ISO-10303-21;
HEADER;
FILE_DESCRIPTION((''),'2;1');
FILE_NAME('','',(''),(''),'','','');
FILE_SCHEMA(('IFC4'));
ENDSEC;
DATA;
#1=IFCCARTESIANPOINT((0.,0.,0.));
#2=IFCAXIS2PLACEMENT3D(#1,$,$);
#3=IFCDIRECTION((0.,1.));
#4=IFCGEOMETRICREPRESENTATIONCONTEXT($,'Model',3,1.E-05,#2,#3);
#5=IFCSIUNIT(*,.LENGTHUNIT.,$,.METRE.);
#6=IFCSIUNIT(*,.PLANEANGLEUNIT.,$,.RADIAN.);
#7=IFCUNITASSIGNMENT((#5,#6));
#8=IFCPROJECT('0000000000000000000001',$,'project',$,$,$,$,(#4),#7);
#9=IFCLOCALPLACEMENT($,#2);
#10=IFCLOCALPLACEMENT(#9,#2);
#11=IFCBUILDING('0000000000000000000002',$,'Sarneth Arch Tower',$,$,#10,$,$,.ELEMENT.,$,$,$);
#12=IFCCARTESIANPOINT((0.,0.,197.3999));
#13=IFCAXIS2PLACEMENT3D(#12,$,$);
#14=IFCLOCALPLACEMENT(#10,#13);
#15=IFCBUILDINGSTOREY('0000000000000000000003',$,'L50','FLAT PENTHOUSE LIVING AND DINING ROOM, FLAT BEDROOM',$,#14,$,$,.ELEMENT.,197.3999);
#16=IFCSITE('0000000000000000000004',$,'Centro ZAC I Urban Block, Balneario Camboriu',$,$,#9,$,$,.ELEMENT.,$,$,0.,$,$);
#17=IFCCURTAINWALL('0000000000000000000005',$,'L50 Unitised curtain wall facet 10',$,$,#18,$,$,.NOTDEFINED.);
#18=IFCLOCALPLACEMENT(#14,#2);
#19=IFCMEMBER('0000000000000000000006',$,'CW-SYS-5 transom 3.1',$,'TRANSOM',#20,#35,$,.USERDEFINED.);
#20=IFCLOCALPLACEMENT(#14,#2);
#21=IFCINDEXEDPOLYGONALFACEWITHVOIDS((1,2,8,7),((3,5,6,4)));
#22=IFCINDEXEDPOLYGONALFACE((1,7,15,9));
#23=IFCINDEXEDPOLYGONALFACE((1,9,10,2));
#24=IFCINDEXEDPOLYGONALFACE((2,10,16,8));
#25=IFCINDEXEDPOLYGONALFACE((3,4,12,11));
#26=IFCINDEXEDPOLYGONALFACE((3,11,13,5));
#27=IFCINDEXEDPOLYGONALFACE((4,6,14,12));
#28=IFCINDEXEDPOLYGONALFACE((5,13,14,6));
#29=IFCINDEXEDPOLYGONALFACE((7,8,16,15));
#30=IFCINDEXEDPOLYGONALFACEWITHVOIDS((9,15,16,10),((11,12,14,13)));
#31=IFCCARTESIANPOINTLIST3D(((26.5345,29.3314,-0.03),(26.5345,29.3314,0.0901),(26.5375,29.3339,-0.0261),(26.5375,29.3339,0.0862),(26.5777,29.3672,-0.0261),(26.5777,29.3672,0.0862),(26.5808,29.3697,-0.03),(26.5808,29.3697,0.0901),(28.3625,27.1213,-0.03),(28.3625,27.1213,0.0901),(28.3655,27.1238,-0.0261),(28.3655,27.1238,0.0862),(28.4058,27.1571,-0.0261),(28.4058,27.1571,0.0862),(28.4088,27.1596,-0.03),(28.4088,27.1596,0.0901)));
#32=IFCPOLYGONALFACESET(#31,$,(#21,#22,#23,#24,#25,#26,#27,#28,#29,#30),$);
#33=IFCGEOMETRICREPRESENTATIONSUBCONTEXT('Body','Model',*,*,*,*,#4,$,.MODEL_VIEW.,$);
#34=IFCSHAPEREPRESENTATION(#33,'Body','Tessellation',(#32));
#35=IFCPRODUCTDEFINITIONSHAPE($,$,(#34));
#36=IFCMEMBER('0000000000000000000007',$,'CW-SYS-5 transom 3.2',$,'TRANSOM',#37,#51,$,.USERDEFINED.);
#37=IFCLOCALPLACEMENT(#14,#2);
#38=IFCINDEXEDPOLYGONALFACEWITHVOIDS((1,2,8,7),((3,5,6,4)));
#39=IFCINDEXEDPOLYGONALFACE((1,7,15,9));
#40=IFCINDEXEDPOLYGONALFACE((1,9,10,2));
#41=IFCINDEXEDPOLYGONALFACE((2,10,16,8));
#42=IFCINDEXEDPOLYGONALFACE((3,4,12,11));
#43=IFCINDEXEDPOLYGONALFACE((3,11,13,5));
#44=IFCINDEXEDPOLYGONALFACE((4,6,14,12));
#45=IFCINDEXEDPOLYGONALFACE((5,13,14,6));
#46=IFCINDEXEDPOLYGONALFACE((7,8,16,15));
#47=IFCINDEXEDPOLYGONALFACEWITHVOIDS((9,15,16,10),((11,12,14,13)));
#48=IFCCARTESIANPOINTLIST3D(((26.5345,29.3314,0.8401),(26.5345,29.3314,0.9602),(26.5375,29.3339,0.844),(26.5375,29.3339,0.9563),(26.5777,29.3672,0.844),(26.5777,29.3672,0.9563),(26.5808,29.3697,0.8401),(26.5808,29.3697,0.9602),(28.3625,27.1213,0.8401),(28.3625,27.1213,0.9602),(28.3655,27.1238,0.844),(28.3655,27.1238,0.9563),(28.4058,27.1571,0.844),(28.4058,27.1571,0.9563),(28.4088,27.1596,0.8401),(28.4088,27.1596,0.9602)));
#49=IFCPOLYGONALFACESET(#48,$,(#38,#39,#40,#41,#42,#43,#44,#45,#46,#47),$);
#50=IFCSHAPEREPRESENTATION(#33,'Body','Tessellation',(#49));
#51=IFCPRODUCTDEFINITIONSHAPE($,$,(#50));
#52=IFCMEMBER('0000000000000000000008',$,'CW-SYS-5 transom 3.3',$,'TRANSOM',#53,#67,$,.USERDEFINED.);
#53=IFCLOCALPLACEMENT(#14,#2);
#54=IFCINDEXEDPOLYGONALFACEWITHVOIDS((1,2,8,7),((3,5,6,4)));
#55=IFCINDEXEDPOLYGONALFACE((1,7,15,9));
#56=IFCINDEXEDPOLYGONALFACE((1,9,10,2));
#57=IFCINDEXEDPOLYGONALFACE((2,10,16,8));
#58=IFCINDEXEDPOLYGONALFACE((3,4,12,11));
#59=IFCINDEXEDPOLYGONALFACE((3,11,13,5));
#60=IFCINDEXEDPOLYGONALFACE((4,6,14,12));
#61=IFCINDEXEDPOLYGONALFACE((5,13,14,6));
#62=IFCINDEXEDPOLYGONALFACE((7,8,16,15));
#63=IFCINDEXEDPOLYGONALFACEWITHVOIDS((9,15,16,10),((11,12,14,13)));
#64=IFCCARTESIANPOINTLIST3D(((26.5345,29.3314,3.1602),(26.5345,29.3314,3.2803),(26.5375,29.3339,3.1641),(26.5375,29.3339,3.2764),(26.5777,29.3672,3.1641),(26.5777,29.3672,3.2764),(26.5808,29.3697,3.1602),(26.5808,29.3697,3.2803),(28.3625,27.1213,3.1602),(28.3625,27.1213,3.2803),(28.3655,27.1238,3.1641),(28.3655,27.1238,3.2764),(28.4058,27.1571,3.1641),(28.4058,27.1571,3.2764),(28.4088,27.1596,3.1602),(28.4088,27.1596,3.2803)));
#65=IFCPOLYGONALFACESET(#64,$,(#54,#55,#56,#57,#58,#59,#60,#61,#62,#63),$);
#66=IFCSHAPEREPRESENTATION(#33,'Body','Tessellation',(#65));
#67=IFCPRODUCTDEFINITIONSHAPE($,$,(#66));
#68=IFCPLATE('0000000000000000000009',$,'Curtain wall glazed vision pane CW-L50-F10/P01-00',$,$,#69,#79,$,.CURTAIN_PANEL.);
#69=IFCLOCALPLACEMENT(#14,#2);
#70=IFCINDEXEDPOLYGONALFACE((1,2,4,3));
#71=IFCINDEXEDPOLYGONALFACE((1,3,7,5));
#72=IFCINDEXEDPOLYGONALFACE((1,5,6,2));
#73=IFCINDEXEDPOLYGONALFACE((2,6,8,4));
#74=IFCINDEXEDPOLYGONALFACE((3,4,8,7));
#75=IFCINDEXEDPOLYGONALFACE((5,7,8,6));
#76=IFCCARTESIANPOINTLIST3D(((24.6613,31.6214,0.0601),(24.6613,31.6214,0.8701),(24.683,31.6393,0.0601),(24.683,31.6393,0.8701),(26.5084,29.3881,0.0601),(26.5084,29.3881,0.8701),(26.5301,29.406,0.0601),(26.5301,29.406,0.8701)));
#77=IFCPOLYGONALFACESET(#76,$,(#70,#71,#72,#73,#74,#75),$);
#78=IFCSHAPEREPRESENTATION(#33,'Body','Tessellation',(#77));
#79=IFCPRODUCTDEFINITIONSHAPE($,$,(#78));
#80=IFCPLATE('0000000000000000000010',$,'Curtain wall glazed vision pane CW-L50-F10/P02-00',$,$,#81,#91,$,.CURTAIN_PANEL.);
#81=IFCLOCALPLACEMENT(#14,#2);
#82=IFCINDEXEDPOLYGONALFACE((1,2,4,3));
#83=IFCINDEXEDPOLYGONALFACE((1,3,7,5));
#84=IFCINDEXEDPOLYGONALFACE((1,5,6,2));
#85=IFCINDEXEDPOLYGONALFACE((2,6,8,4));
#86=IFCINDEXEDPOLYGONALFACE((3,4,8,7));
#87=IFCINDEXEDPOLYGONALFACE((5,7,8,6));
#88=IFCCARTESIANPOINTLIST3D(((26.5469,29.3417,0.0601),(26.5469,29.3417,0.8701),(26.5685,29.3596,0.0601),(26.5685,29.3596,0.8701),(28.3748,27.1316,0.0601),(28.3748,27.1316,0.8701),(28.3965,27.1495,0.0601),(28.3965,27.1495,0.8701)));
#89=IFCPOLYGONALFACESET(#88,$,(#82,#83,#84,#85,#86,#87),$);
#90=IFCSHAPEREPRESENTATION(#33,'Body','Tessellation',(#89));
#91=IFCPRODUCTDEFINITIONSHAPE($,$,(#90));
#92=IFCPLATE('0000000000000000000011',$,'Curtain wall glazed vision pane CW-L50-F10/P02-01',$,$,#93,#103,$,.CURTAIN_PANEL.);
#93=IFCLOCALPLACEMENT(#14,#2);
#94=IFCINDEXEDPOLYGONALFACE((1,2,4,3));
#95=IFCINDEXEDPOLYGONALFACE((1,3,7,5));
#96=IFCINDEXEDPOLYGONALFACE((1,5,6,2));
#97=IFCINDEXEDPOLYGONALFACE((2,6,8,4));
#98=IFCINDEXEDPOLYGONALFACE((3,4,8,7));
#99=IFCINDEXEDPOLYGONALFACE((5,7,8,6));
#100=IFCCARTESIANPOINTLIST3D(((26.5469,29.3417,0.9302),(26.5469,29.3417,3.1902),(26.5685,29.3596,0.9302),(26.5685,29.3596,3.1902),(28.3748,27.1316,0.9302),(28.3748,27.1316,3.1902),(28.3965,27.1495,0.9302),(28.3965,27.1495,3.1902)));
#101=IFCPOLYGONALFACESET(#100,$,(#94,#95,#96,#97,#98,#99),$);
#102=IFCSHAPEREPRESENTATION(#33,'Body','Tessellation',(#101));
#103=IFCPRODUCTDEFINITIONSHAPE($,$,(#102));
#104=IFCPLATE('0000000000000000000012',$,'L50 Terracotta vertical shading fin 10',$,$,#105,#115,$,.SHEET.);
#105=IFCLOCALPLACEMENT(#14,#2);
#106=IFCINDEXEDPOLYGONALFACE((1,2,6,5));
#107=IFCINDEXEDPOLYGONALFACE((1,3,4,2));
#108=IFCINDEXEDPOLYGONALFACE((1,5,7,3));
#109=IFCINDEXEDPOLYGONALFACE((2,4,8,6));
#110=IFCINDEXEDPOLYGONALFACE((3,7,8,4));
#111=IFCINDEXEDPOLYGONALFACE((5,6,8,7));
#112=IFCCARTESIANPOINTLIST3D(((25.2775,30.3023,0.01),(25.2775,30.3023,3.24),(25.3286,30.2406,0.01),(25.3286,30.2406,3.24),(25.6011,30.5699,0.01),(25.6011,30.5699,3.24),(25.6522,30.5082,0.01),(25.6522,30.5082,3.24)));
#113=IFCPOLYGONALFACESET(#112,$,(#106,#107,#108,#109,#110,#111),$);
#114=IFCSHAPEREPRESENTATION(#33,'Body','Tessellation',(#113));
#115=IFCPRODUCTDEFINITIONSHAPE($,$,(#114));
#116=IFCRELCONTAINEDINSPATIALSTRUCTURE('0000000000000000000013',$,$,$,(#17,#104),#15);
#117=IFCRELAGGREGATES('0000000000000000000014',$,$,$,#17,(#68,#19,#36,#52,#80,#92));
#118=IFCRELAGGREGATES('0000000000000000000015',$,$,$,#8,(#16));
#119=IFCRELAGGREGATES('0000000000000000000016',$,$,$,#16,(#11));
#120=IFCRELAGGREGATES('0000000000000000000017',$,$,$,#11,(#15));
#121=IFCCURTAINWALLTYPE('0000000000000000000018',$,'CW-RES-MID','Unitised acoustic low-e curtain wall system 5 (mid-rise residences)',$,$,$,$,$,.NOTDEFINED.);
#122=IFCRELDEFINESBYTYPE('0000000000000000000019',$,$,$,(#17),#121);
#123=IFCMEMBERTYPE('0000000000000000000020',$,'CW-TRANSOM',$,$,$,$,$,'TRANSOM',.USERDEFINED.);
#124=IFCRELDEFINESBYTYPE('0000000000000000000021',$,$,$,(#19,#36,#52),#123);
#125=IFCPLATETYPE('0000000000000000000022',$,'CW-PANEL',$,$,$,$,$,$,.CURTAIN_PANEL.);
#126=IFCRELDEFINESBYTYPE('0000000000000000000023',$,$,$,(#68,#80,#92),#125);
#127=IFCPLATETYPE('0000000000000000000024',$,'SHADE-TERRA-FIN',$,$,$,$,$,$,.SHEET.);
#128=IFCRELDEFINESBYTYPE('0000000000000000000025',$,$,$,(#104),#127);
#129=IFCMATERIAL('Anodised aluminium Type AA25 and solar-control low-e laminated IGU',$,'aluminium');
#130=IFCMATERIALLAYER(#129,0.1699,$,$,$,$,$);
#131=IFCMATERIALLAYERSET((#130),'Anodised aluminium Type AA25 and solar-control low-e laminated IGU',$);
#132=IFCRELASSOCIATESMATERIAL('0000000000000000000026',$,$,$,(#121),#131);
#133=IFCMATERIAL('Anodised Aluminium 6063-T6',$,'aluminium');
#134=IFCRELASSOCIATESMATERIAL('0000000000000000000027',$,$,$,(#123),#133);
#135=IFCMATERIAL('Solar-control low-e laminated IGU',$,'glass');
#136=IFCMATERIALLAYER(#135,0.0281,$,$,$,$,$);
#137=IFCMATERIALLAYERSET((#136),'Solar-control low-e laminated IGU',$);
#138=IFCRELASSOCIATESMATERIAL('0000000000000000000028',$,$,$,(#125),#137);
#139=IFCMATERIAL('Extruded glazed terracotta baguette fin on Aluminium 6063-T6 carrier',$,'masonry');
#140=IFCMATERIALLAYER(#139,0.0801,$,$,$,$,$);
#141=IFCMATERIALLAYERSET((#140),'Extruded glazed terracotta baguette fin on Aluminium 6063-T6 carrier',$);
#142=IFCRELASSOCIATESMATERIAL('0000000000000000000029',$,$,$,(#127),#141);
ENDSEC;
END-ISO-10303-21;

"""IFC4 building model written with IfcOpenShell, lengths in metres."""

from ifc_helpers import new_model, si_unit, direction, frame, origin, origin_2d, place, context, subcontext, project, spatial, rectangle, hollow_rectangle, extrude, material, layer, layer_set, material_profile, profile_set, type_object, element, aggregate, save


model = new_model("IFC4")

# Units and contexts
model_context = context("Model", 3, precision=1e-05, world=origin(), true_north=direction((0.0, 1.0)))
body_context = subcontext(model_context, "Body", "Model", "MODEL_VIEW")
ifc_project = project(units=[si_unit("LENGTHUNIT", "METRE"), si_unit("PLANEANGLEUNIT", "RADIAN")], contexts=[model_context])

# Site, building, storey
site_placement = place(None, origin())
site = spatial("IfcSite", under=ifc_project, at=site_placement, Name="Centro ZAC I Urban Block, Balneario Camboriu", CompositionType="ELEMENT", RefElevation=0.0)
building_placement = place(site_placement, origin())
building = spatial("IfcBuilding", under=site, at=building_placement, Name="Sarneth Arch Tower", CompositionType="ELEMENT")
storey_placement = place(building_placement, frame((0.0, 0.0, 197.3999)))
storey = spatial("IfcBuildingStorey", under=building, at=storey_placement, Name="L50", Description="FLAT PENTHOUSE LIVING AND DINING ROOM, FLAT BEDROOM", CompositionType="ELEMENT", Elevation=197.3999)

# Curtain wall, members, plates
ifc_material_1 = material(Name="Anodised aluminium Type AA25 and solar-control low-e laminated IGU", Category="aluminium")
ifc_layer_1 = layer(ifc_material_1, 0.1699)
ifc_layer_set_1 = layer_set([ifc_layer_1], Name="Anodised aluminium Type AA25 and solar-control low-e laminated IGU")
curtain_wall_type = type_object("IfcCurtainWallType", Name="CW-RES-MID", Description="Unitised acoustic low-e curtain wall system 5 (mid-rise residences)", PredefinedType="NOTDEFINED", material=ifc_layer_set_1)
curtain_wall_placement = place(storey_placement, origin())
curtain_wall = element("IfcCurtainWall", 1, at=curtain_wall_placement, inside=storey, type_object=curtain_wall_type, Name="L50 Unitised curtain wall facet 10", PredefinedType="NOTDEFINED")
ifc_material_2 = material(Name="Anodised Aluminium 6063-T6", Category="aluminium")
ifc_material_profile_1 = material_profile(ifc_material_2, hollow_rectangle(XDim=0.0601, YDim=0.1201, WallThickness=0.0039, at=origin_2d()), Name="AL-TRAN-120x60x4")
ifc_profile_set_1 = profile_set([ifc_material_profile_1], Name="Anodised Aluminium 6063-T6")
member_type_1 = type_object("IfcMemberType", Name="CW-TRANSOM", ElementType="TRANSOM", PredefinedType="USERDEFINED", material=ifc_profile_set_1)
member_1_placement = place(storey_placement, frame((26.5576, 29.3506, 0.03), z_axis=(0.637359, -0.770567, 0.0), x_axis=(0.770567, 0.637359, 0.0)))
member_1 = element("IfcMember", 2, at=member_1_placement, type_object=member_type_1, Name="CW-SYS-5 transom 3.1", ObjectType="TRANSOM", PredefinedType="USERDEFINED", context=body_context, shape_type="SweptSolid", body=[
    extrude(hollow_rectangle(XDim=0.0601, YDim=0.1201, WallThickness=0.0039, at=origin_2d()), origin(), (0.0, 0.0, 1.0), 2.8682),
])
member_2_placement = place(storey_placement, frame((26.5576, 29.3506, 0.9001), z_axis=(0.637359, -0.770567, 0.0), x_axis=(0.770567, 0.637359, 0.0)))
member_2 = element("IfcMember", 3, at=member_2_placement, type_object=member_type_1, Name="CW-SYS-5 transom 3.2", ObjectType="TRANSOM", PredefinedType="USERDEFINED", context=body_context, shape_type="SweptSolid", body=[
    extrude(hollow_rectangle(XDim=0.0601, YDim=0.1201, WallThickness=0.0039, at=origin_2d()), origin(), (0.0, 0.0, 1.0), 2.8682),
])
member_3_placement = place(storey_placement, frame((26.5576, 29.3506, 3.2202), z_axis=(0.637359, -0.770567, 0.0), x_axis=(0.770567, 0.637359, 0.0)))
member_3 = element("IfcMember", 4, at=member_3_placement, type_object=member_type_1, Name="CW-SYS-5 transom 3.3", ObjectType="TRANSOM", PredefinedType="USERDEFINED", context=body_context, shape_type="SweptSolid", body=[
    extrude(hollow_rectangle(XDim=0.0601, YDim=0.1201, WallThickness=0.0039, at=origin_2d()), origin(), (0.0, 0.0, 1.0), 2.8682),
])
ifc_material_3 = material(Name="Solar-control low-e laminated IGU", Category="glass")
ifc_layer_2 = layer(ifc_material_3, 0.0281)
ifc_layer_set_2 = layer_set([ifc_layer_2], Name="Solar-control low-e laminated IGU")
plate_type_1 = type_object("IfcPlateType", Name="CW-PANEL", PredefinedType="CURTAIN_PANEL", material=ifc_layer_set_2)
plate_1_placement = place(storey_placement, frame((25.5957, 30.5137, 0.0601), z_axis=(0.0, 0.0, 1.0), x_axis=(0.63733, -0.770591, 0.0)))
plate_1 = element("IfcPlate", 5, at=plate_1_placement, type_object=plate_type_1, Name="Curtain wall glazed vision pane CW-L50-F10/P01-00", PredefinedType="CURTAIN_PANEL", context=body_context, shape_type="SweptSolid", body=[
    extrude(rectangle(XDim=2.8982, YDim=0.0281, at=origin_2d()), origin(), (0.0, 0.0, 1.0), 0.8101),
])
plate_2_placement = place(storey_placement, frame((27.4717, 28.2456, 0.0601), z_axis=(0.0, 0.0, 1.0), x_axis=(0.63733, -0.770591, 0.0)))
plate_2 = element("IfcPlate", 6, at=plate_2_placement, type_object=plate_type_1, Name="Curtain wall glazed vision pane CW-L50-F10/P02-00", PredefinedType="CURTAIN_PANEL", context=body_context, shape_type="SweptSolid", body=[
    extrude(rectangle(XDim=2.8682, YDim=0.0281, at=origin_2d()), origin(), (0.0, 0.0, 1.0), 0.8101),
])
plate_3_placement = place(storey_placement, frame((27.4717, 28.2456, 0.9302), z_axis=(0.0, 0.0, 1.0), x_axis=(0.63733, -0.770591, 0.0)))
plate_3 = element("IfcPlate", 7, at=plate_3_placement, type_object=plate_type_1, Name="Curtain wall glazed vision pane CW-L50-F10/P02-01", PredefinedType="CURTAIN_PANEL", context=body_context, shape_type="SweptSolid", body=[
    extrude(rectangle(XDim=2.8682, YDim=0.0281, at=origin_2d()), origin(), (0.0, 0.0, 1.0), 2.26),
])
aggregate(curtain_wall, [plate_1, member_1, member_2, member_3, plate_2, plate_3])

# Plate
ifc_material_4 = material(Name="Extruded glazed terracotta baguette fin on Aluminium 6063-T6 carrier", Category="masonry")
ifc_layer_3 = layer(ifc_material_4, 0.0801)
ifc_layer_set_3 = layer_set([ifc_layer_3], Name="Extruded glazed terracotta baguette fin on Aluminium 6063-T6 carrier")
plate_type_2 = type_object("IfcPlateType", Name="SHADE-TERRA-FIN", PredefinedType="SHEET", material=ifc_layer_set_3)
plate_4_placement = place(storey_placement, frame((25.4648, 30.4053, 0.01), z_axis=(0.0, 0.0, 1.0), x_axis=(-0.770624, -0.63729, 0.0)))
element("IfcPlate", 8, at=plate_4_placement, inside=storey, type_object=plate_type_2, Name="L50 Terracotta vertical shading fin 10", PredefinedType="SHEET", context=body_context, shape_type="SweptSolid", body=[
    extrude(rectangle(XDim=0.4199, YDim=0.0801, at=origin_2d()), origin(), (0.0, 0.0, 1.0), 3.23),
])

save(model, "model.ifc")
